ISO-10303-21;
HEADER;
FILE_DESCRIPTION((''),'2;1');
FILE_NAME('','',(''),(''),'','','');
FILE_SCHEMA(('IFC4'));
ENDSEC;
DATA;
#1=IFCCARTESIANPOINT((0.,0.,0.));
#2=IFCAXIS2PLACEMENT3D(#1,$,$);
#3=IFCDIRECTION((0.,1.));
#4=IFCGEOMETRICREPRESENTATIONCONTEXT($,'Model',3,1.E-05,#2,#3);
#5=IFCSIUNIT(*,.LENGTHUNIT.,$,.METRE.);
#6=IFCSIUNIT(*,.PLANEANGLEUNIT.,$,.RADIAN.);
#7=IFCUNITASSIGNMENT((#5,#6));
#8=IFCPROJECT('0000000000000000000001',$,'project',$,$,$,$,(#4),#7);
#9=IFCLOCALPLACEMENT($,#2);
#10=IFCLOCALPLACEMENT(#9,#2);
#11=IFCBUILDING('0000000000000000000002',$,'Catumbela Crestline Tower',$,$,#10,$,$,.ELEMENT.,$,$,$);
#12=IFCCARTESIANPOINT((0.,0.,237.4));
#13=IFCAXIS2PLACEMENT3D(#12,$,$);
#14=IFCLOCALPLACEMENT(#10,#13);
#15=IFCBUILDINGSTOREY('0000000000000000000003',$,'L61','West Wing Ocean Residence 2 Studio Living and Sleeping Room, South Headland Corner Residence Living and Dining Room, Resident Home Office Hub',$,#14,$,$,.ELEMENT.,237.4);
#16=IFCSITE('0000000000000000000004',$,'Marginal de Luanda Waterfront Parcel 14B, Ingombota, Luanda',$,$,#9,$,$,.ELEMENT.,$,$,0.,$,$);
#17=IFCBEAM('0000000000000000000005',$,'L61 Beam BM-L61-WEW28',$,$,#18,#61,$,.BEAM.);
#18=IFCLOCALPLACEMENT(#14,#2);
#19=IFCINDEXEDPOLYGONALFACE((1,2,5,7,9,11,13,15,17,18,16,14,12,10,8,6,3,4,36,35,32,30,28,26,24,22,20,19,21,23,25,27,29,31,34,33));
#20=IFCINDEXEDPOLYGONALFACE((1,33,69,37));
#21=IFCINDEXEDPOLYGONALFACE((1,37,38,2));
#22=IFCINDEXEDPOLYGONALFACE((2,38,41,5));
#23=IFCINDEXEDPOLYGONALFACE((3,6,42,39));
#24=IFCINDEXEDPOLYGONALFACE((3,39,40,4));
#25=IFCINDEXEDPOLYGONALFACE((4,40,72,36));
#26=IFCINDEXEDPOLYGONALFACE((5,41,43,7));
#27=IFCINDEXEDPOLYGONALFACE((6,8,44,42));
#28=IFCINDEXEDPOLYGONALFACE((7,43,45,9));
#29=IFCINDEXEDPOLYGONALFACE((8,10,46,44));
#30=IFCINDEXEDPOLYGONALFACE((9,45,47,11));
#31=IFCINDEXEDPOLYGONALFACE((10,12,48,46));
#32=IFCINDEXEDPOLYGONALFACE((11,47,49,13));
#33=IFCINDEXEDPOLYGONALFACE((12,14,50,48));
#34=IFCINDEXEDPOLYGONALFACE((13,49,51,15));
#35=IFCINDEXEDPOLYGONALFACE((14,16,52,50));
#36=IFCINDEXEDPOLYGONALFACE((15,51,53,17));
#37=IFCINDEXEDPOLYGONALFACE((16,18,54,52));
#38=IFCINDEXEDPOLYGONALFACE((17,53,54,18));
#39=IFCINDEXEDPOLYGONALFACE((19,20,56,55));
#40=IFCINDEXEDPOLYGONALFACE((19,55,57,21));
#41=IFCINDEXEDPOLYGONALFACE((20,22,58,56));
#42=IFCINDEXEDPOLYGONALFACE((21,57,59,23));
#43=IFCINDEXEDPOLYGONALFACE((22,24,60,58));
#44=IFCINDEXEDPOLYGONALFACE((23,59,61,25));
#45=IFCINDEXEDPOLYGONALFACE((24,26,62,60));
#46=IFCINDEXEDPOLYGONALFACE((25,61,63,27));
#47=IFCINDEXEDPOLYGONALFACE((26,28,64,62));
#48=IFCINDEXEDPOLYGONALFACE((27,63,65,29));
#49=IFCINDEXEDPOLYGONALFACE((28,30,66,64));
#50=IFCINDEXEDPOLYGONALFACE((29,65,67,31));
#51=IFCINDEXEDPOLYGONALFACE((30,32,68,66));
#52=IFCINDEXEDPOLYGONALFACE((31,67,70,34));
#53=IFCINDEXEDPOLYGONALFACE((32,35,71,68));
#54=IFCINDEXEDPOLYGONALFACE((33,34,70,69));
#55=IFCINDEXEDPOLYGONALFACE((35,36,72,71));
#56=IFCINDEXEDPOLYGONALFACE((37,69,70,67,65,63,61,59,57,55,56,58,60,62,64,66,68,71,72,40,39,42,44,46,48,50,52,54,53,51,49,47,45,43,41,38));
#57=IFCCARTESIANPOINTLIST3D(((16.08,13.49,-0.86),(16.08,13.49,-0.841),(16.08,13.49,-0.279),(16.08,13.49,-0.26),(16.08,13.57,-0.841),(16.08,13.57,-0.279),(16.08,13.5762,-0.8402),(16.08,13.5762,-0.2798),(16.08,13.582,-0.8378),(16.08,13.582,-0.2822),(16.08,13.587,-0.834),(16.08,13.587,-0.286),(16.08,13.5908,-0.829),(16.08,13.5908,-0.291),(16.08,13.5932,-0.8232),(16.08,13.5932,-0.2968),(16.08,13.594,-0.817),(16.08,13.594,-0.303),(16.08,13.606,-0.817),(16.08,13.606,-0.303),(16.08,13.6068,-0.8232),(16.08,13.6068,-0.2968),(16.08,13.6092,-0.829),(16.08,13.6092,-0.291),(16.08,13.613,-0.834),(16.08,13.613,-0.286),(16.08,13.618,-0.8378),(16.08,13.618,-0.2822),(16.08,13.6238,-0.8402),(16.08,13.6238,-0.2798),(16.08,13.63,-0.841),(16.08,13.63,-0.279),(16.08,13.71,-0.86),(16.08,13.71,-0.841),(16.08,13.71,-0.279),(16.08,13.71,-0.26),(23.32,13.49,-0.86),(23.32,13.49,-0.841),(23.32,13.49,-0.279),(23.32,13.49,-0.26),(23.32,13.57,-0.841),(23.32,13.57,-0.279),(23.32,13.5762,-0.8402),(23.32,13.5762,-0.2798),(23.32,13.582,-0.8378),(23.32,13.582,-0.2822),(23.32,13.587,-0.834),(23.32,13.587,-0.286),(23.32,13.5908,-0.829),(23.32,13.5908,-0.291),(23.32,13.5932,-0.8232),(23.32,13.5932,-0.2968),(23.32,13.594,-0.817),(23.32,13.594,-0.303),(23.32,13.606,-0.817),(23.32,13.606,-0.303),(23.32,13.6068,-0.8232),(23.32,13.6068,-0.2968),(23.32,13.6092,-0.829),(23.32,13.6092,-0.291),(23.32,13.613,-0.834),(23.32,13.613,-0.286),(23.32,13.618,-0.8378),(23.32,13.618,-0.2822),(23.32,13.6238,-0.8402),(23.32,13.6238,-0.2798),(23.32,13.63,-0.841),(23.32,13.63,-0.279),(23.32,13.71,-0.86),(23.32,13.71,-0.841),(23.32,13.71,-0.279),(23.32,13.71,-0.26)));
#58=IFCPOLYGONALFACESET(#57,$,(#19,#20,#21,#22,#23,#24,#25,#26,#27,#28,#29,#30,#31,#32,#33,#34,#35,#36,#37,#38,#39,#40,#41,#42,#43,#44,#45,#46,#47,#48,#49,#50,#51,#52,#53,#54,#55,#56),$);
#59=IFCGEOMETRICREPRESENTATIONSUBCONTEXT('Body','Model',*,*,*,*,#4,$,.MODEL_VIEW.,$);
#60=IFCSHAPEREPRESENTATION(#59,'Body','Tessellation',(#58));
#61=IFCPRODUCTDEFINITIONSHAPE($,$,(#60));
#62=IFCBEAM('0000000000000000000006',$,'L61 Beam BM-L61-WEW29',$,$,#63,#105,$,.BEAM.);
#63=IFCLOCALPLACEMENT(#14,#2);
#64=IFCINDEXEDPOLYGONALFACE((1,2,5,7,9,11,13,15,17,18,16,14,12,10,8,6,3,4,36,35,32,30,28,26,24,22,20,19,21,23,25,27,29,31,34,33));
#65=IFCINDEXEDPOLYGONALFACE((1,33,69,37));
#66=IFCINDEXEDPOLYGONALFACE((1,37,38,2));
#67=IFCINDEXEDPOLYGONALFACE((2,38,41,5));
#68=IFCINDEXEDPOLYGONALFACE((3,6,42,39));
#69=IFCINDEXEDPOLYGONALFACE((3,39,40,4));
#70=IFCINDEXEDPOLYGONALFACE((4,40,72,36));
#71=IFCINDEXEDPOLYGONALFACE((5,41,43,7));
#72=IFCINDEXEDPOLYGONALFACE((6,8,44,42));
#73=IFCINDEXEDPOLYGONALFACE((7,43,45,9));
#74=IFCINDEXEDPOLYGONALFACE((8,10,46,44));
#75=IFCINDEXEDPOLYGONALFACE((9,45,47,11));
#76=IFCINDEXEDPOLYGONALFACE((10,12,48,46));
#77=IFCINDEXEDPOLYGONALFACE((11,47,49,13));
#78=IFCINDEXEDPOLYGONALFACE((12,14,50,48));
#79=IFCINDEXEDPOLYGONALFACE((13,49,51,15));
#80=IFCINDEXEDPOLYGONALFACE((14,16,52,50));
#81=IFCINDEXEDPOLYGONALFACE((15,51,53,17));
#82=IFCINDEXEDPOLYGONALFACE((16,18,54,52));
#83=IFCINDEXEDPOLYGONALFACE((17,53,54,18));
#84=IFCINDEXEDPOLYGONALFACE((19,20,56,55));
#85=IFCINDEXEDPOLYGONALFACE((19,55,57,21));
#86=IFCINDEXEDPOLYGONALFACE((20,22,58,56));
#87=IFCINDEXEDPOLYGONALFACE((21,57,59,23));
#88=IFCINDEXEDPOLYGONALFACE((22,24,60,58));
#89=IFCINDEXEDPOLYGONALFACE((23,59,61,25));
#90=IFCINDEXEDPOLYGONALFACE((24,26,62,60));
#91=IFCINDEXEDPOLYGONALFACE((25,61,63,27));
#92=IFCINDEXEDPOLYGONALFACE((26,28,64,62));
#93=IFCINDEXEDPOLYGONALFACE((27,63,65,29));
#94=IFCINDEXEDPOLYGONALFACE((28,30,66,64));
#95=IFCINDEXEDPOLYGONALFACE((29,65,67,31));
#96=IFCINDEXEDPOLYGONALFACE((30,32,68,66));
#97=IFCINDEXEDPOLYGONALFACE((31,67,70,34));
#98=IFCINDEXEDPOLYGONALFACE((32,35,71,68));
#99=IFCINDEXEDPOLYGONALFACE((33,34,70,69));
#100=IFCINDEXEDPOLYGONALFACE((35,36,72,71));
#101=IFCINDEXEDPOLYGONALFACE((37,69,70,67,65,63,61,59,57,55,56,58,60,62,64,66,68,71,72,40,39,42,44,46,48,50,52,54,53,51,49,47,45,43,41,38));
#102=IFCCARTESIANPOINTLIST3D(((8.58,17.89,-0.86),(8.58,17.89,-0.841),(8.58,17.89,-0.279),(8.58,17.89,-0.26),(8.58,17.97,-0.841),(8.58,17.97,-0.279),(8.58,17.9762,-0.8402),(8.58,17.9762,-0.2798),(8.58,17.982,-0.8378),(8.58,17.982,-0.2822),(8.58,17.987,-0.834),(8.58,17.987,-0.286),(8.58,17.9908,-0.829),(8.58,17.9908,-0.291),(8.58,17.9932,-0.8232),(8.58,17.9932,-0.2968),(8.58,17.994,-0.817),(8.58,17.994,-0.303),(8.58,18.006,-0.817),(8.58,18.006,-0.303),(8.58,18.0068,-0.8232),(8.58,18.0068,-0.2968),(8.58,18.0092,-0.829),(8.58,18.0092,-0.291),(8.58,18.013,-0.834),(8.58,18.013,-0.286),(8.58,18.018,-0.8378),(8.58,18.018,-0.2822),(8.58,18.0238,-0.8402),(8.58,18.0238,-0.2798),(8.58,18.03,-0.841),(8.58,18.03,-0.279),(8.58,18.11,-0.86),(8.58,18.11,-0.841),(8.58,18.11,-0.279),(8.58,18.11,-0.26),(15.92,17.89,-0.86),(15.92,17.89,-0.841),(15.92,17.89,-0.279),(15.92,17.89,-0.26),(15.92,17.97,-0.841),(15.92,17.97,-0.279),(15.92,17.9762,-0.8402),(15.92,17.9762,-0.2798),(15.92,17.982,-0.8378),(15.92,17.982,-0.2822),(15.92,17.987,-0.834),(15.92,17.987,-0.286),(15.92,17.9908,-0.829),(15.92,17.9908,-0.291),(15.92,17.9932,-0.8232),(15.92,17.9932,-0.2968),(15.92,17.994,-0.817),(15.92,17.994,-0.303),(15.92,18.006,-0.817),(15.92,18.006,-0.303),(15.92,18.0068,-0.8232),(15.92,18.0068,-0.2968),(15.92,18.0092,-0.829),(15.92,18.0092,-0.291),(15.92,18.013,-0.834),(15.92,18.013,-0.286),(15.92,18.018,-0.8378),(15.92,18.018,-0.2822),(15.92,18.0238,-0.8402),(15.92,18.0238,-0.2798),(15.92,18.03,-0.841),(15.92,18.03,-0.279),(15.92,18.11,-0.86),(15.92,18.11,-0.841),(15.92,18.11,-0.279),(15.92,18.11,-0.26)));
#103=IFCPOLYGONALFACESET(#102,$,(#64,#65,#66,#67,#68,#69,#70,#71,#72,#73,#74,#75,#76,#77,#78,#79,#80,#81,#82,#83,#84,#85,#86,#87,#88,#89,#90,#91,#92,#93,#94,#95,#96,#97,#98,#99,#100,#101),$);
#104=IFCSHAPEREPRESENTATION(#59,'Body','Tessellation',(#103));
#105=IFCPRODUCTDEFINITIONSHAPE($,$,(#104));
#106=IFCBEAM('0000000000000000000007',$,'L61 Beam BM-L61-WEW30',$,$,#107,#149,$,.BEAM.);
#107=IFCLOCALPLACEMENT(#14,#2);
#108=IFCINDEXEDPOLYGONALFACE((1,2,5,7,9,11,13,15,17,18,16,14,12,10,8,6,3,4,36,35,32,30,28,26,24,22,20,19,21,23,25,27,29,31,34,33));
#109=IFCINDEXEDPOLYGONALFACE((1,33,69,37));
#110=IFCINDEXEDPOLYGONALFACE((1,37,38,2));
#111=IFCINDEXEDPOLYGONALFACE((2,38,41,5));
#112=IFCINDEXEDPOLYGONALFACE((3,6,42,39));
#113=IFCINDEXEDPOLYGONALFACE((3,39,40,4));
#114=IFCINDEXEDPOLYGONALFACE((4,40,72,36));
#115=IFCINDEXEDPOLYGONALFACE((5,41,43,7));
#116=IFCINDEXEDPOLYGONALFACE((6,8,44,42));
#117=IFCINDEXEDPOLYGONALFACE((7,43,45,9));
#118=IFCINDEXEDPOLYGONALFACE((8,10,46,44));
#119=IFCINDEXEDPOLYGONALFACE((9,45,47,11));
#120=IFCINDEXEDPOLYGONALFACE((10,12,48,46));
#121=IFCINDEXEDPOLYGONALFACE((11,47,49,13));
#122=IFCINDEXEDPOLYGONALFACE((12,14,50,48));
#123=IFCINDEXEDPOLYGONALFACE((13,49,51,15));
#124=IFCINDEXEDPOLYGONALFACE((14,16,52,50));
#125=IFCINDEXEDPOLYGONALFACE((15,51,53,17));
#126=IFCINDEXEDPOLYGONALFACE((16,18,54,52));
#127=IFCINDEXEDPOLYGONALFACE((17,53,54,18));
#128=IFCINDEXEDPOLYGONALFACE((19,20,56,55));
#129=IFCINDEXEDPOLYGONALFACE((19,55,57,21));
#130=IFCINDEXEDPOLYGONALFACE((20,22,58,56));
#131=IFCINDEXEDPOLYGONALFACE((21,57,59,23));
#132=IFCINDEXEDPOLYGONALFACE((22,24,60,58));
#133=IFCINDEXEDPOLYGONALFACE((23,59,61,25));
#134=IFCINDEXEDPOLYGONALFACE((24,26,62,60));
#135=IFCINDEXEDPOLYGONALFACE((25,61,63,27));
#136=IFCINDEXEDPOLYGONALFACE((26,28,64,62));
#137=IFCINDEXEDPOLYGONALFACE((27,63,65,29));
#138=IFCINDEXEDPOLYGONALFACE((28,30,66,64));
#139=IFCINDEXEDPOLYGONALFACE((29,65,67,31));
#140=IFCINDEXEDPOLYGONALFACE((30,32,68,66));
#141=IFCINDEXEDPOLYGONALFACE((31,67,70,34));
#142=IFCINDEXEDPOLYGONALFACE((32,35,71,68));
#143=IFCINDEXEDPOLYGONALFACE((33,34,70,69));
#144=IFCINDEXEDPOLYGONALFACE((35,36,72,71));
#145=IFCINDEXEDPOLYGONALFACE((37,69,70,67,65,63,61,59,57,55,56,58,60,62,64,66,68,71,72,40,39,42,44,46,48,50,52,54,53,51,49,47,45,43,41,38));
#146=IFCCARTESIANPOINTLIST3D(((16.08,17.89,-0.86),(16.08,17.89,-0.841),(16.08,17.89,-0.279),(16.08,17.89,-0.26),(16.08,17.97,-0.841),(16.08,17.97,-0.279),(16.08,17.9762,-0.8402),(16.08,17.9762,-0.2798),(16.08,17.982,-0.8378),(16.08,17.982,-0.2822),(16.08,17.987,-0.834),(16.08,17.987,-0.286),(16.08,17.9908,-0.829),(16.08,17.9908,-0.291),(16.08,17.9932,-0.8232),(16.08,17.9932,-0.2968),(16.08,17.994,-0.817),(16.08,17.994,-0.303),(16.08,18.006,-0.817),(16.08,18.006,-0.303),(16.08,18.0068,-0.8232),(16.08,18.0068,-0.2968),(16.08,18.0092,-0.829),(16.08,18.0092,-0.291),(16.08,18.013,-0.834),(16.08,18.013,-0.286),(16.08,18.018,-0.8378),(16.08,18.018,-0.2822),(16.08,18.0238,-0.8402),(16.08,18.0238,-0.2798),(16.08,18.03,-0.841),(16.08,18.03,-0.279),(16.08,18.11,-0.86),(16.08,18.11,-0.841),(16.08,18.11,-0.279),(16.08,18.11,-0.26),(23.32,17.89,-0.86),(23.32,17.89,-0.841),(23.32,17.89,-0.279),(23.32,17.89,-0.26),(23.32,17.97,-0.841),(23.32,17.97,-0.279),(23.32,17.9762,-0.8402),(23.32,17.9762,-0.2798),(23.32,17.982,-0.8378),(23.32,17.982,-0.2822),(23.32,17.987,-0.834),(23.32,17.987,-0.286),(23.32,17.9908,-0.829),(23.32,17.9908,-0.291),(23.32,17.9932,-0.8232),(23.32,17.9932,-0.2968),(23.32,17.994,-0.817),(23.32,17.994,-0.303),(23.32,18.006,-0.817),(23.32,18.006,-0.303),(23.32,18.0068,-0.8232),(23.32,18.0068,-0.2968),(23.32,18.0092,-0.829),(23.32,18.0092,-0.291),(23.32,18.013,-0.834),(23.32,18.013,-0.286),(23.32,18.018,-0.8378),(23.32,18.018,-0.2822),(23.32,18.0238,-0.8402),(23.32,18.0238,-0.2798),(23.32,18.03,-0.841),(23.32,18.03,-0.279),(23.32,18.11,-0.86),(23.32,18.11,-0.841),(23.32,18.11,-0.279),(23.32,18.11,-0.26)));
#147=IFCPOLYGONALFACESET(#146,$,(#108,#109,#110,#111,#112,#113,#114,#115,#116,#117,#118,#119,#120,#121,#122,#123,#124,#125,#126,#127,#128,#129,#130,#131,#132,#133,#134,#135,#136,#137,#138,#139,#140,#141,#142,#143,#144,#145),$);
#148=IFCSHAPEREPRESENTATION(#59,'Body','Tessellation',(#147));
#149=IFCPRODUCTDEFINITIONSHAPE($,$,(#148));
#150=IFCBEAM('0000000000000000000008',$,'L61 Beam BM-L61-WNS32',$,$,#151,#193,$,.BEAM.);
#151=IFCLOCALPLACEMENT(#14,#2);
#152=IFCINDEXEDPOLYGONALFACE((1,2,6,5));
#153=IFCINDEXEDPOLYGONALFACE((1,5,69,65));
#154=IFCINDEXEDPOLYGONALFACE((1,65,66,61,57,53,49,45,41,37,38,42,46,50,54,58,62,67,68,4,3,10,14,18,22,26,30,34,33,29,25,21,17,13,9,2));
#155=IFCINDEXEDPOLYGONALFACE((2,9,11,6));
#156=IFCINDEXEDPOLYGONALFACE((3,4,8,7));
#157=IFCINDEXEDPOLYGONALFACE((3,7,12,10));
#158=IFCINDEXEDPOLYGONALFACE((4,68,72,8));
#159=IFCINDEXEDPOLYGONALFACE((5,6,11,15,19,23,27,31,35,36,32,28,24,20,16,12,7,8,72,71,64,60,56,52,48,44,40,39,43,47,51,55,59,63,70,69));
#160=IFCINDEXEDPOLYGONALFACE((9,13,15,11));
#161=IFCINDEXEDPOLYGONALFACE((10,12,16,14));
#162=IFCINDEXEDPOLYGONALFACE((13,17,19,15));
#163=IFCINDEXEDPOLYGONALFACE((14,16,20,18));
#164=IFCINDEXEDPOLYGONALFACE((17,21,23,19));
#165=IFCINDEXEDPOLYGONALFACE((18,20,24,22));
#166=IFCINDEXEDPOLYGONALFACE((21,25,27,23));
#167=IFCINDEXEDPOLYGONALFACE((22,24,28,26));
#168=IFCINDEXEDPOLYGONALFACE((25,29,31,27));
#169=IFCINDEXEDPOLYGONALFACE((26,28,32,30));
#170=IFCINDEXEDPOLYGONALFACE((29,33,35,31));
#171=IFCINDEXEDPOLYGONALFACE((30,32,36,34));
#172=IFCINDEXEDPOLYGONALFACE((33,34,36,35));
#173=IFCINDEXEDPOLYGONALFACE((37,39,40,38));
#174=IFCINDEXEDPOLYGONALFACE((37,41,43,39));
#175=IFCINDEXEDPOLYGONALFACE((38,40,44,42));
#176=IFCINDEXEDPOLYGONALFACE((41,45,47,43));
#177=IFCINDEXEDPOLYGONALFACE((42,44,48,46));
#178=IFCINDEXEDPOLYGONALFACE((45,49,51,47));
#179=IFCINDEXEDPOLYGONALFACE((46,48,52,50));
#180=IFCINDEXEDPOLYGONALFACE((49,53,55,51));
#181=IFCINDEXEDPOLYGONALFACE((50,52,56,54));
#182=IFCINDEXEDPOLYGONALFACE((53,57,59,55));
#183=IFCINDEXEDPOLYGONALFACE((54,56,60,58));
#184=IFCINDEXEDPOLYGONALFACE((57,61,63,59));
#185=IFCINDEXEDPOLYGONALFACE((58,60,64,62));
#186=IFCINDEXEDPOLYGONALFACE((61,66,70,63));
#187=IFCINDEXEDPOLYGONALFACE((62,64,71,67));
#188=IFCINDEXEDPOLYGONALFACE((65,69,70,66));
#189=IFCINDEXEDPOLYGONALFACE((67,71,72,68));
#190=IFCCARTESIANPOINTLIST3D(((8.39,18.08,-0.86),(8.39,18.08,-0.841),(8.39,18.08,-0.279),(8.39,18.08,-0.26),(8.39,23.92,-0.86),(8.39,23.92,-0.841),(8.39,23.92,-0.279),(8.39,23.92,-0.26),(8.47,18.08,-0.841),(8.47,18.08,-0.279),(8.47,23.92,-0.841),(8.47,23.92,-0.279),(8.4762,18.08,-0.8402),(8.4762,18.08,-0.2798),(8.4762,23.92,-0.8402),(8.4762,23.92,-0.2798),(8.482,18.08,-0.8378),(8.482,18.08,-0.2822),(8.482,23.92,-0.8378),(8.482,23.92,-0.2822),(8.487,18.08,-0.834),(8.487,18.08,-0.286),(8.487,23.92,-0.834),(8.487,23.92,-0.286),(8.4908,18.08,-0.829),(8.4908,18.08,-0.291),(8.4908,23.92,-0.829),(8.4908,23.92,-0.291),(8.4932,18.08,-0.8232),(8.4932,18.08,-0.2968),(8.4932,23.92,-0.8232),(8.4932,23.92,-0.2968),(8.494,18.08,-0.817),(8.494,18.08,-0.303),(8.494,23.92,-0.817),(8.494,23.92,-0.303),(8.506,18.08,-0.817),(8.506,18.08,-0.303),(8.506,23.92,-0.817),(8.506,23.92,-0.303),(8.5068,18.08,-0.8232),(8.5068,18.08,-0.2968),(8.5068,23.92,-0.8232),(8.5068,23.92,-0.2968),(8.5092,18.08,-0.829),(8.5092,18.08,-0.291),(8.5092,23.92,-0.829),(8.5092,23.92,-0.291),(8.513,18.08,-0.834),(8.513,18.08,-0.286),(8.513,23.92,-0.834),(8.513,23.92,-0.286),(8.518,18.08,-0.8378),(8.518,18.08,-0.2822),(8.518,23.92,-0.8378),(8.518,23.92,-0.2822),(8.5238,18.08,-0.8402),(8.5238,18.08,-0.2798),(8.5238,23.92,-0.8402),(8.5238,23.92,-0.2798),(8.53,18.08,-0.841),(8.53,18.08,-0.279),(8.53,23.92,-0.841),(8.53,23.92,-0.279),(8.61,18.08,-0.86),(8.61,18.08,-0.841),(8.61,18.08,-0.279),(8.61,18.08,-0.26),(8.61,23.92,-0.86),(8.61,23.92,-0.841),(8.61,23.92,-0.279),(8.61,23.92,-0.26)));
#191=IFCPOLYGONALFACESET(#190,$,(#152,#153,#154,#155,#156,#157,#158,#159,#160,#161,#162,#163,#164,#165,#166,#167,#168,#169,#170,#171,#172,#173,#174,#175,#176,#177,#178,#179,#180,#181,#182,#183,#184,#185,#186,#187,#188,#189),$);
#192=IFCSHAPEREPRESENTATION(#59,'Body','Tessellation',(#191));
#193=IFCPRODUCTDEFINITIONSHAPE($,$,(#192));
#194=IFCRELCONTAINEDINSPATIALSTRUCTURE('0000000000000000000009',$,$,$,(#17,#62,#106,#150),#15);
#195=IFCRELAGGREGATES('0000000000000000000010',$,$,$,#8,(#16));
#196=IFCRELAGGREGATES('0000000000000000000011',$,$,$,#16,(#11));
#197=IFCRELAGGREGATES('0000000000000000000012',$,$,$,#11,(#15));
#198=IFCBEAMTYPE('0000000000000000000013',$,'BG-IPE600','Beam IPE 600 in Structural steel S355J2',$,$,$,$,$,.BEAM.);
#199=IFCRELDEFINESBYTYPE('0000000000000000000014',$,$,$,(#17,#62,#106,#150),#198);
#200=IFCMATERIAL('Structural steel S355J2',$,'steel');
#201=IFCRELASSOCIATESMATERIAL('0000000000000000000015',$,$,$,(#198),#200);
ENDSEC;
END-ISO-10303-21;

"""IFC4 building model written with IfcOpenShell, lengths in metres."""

from ifc_helpers import new_model, si_unit, direction, frame, origin, origin_2d, place, context, subcontext, project, spatial, i_section, extrude, material, material_profile, profile_set, type_object, element, save


model = new_model("IFC4")

# Units and contexts
model_context = context("Model", 3, precision=1e-05, world=origin(), true_north=direction((0.0, 1.0)))
body_context = subcontext(model_context, "Body", "Model", "MODEL_VIEW")
ifc_project = project(units=[si_unit("LENGTHUNIT", "METRE"), si_unit("PLANEANGLEUNIT", "RADIAN")], contexts=[model_context])

# Site, building, storey
site_placement = place(None, origin())
site = spatial("IfcSite", under=ifc_project, at=site_placement, Name="Marginal de Luanda Waterfront Parcel 14B, Ingombota, Luanda", CompositionType="ELEMENT", RefElevation=0.0)
building_placement = place(site_placement, origin())
building = spatial("IfcBuilding", under=site, at=building_placement, Name="Catumbela Crestline Tower", CompositionType="ELEMENT")
storey_placement = place(building_placement, frame((0.0, 0.0, 237.4)))
storey = spatial("IfcBuildingStorey", under=building, at=storey_placement, Name="L61", Description="West Wing Ocean Residence 2 Studio Living and Sleeping Room, South Headland Corner Residence Living and Dining Room, Resident Home Office Hub", CompositionType="ELEMENT", Elevation=237.4)

# Shared definitions
ifc_material_1 = material(Name="Structural steel S355J2", Category="steel")

# Beams
ifc_material_profile_1 = material_profile(ifc_material_1, i_section(OverallWidth=0.22, OverallDepth=0.6, WebThickness=0.012, FlangeThickness=0.019, FilletRadius=0.024, at=origin_2d()), Name="IPE 600")
ifc_profile_set_1 = profile_set([ifc_material_profile_1], Name="Structural steel S355J2")
beam_type_1 = type_object("IfcBeamType", Name="BG-IPE600", Description="Beam IPE 600 in Structural steel S355J2", PredefinedType="BEAM", material=ifc_profile_set_1)
beam_1_placement = place(storey_placement, frame((16.08, 13.6, -0.56), z_axis=(1.0, 0.0, 0.0), x_axis=(0.0, 1.0, 0.0)))
element("IfcBeam", 1, at=beam_1_placement, inside=storey, type_object=beam_type_1, Name="L61 Beam BM-L61-WEW28", PredefinedType="BEAM", context=body_context, shape_type="SweptSolid", body=[
    extrude(i_section(OverallWidth=0.22, OverallDepth=0.6, WebThickness=0.012, FlangeThickness=0.019, FilletRadius=0.024, at=origin_2d()), origin(), (0.0, 0.0, 1.0), 7.24),
])
beam_2_placement = place(storey_placement, frame((8.58, 18.0, -0.56), z_axis=(1.0, 0.0, 0.0), x_axis=(0.0, 1.0, 0.0)))
element("IfcBeam", 2, at=beam_2_placement, inside=storey, type_object=beam_type_1, Name="L61 Beam BM-L61-WEW29", PredefinedType="BEAM", context=body_context, shape_type="SweptSolid", body=[
    extrude(i_section(OverallWidth=0.22, OverallDepth=0.6, WebThickness=0.012, FlangeThickness=0.019, FilletRadius=0.024, at=origin_2d()), origin(), (0.0, 0.0, 1.0), 7.34),
])
beam_3_placement = place(storey_placement, frame((16.08, 18.0, -0.56), z_axis=(1.0, 0.0, 0.0), x_axis=(0.0, 1.0, 0.0)))
element("IfcBeam", 3, at=beam_3_placement, inside=storey, type_object=beam_type_1, Name="L61 Beam BM-L61-WEW30", PredefinedType="BEAM", context=body_context, shape_type="SweptSolid", body=[
    extrude(i_section(OverallWidth=0.22, OverallDepth=0.6, WebThickness=0.012, FlangeThickness=0.019, FilletRadius=0.024, at=origin_2d()), origin(), (0.0, 0.0, 1.0), 7.24),
])
beam_4_placement = place(storey_placement, frame((8.5, 18.08, -0.56), z_axis=(0.0, 1.0, 0.0), x_axis=(-1.0, 0.0, 0.0)))
element("IfcBeam", 4, at=beam_4_placement, inside=storey, type_object=beam_type_1, Name="L61 Beam BM-L61-WNS32", PredefinedType="BEAM", context=body_context, shape_type="SweptSolid", body=[
    extrude(i_section(OverallWidth=0.22, OverallDepth=0.6, WebThickness=0.012, FlangeThickness=0.019, FilletRadius=0.024, at=origin_2d()), origin(), (0.0, 0.0, 1.0), 5.84),
])

save(model, "model.ifc")
